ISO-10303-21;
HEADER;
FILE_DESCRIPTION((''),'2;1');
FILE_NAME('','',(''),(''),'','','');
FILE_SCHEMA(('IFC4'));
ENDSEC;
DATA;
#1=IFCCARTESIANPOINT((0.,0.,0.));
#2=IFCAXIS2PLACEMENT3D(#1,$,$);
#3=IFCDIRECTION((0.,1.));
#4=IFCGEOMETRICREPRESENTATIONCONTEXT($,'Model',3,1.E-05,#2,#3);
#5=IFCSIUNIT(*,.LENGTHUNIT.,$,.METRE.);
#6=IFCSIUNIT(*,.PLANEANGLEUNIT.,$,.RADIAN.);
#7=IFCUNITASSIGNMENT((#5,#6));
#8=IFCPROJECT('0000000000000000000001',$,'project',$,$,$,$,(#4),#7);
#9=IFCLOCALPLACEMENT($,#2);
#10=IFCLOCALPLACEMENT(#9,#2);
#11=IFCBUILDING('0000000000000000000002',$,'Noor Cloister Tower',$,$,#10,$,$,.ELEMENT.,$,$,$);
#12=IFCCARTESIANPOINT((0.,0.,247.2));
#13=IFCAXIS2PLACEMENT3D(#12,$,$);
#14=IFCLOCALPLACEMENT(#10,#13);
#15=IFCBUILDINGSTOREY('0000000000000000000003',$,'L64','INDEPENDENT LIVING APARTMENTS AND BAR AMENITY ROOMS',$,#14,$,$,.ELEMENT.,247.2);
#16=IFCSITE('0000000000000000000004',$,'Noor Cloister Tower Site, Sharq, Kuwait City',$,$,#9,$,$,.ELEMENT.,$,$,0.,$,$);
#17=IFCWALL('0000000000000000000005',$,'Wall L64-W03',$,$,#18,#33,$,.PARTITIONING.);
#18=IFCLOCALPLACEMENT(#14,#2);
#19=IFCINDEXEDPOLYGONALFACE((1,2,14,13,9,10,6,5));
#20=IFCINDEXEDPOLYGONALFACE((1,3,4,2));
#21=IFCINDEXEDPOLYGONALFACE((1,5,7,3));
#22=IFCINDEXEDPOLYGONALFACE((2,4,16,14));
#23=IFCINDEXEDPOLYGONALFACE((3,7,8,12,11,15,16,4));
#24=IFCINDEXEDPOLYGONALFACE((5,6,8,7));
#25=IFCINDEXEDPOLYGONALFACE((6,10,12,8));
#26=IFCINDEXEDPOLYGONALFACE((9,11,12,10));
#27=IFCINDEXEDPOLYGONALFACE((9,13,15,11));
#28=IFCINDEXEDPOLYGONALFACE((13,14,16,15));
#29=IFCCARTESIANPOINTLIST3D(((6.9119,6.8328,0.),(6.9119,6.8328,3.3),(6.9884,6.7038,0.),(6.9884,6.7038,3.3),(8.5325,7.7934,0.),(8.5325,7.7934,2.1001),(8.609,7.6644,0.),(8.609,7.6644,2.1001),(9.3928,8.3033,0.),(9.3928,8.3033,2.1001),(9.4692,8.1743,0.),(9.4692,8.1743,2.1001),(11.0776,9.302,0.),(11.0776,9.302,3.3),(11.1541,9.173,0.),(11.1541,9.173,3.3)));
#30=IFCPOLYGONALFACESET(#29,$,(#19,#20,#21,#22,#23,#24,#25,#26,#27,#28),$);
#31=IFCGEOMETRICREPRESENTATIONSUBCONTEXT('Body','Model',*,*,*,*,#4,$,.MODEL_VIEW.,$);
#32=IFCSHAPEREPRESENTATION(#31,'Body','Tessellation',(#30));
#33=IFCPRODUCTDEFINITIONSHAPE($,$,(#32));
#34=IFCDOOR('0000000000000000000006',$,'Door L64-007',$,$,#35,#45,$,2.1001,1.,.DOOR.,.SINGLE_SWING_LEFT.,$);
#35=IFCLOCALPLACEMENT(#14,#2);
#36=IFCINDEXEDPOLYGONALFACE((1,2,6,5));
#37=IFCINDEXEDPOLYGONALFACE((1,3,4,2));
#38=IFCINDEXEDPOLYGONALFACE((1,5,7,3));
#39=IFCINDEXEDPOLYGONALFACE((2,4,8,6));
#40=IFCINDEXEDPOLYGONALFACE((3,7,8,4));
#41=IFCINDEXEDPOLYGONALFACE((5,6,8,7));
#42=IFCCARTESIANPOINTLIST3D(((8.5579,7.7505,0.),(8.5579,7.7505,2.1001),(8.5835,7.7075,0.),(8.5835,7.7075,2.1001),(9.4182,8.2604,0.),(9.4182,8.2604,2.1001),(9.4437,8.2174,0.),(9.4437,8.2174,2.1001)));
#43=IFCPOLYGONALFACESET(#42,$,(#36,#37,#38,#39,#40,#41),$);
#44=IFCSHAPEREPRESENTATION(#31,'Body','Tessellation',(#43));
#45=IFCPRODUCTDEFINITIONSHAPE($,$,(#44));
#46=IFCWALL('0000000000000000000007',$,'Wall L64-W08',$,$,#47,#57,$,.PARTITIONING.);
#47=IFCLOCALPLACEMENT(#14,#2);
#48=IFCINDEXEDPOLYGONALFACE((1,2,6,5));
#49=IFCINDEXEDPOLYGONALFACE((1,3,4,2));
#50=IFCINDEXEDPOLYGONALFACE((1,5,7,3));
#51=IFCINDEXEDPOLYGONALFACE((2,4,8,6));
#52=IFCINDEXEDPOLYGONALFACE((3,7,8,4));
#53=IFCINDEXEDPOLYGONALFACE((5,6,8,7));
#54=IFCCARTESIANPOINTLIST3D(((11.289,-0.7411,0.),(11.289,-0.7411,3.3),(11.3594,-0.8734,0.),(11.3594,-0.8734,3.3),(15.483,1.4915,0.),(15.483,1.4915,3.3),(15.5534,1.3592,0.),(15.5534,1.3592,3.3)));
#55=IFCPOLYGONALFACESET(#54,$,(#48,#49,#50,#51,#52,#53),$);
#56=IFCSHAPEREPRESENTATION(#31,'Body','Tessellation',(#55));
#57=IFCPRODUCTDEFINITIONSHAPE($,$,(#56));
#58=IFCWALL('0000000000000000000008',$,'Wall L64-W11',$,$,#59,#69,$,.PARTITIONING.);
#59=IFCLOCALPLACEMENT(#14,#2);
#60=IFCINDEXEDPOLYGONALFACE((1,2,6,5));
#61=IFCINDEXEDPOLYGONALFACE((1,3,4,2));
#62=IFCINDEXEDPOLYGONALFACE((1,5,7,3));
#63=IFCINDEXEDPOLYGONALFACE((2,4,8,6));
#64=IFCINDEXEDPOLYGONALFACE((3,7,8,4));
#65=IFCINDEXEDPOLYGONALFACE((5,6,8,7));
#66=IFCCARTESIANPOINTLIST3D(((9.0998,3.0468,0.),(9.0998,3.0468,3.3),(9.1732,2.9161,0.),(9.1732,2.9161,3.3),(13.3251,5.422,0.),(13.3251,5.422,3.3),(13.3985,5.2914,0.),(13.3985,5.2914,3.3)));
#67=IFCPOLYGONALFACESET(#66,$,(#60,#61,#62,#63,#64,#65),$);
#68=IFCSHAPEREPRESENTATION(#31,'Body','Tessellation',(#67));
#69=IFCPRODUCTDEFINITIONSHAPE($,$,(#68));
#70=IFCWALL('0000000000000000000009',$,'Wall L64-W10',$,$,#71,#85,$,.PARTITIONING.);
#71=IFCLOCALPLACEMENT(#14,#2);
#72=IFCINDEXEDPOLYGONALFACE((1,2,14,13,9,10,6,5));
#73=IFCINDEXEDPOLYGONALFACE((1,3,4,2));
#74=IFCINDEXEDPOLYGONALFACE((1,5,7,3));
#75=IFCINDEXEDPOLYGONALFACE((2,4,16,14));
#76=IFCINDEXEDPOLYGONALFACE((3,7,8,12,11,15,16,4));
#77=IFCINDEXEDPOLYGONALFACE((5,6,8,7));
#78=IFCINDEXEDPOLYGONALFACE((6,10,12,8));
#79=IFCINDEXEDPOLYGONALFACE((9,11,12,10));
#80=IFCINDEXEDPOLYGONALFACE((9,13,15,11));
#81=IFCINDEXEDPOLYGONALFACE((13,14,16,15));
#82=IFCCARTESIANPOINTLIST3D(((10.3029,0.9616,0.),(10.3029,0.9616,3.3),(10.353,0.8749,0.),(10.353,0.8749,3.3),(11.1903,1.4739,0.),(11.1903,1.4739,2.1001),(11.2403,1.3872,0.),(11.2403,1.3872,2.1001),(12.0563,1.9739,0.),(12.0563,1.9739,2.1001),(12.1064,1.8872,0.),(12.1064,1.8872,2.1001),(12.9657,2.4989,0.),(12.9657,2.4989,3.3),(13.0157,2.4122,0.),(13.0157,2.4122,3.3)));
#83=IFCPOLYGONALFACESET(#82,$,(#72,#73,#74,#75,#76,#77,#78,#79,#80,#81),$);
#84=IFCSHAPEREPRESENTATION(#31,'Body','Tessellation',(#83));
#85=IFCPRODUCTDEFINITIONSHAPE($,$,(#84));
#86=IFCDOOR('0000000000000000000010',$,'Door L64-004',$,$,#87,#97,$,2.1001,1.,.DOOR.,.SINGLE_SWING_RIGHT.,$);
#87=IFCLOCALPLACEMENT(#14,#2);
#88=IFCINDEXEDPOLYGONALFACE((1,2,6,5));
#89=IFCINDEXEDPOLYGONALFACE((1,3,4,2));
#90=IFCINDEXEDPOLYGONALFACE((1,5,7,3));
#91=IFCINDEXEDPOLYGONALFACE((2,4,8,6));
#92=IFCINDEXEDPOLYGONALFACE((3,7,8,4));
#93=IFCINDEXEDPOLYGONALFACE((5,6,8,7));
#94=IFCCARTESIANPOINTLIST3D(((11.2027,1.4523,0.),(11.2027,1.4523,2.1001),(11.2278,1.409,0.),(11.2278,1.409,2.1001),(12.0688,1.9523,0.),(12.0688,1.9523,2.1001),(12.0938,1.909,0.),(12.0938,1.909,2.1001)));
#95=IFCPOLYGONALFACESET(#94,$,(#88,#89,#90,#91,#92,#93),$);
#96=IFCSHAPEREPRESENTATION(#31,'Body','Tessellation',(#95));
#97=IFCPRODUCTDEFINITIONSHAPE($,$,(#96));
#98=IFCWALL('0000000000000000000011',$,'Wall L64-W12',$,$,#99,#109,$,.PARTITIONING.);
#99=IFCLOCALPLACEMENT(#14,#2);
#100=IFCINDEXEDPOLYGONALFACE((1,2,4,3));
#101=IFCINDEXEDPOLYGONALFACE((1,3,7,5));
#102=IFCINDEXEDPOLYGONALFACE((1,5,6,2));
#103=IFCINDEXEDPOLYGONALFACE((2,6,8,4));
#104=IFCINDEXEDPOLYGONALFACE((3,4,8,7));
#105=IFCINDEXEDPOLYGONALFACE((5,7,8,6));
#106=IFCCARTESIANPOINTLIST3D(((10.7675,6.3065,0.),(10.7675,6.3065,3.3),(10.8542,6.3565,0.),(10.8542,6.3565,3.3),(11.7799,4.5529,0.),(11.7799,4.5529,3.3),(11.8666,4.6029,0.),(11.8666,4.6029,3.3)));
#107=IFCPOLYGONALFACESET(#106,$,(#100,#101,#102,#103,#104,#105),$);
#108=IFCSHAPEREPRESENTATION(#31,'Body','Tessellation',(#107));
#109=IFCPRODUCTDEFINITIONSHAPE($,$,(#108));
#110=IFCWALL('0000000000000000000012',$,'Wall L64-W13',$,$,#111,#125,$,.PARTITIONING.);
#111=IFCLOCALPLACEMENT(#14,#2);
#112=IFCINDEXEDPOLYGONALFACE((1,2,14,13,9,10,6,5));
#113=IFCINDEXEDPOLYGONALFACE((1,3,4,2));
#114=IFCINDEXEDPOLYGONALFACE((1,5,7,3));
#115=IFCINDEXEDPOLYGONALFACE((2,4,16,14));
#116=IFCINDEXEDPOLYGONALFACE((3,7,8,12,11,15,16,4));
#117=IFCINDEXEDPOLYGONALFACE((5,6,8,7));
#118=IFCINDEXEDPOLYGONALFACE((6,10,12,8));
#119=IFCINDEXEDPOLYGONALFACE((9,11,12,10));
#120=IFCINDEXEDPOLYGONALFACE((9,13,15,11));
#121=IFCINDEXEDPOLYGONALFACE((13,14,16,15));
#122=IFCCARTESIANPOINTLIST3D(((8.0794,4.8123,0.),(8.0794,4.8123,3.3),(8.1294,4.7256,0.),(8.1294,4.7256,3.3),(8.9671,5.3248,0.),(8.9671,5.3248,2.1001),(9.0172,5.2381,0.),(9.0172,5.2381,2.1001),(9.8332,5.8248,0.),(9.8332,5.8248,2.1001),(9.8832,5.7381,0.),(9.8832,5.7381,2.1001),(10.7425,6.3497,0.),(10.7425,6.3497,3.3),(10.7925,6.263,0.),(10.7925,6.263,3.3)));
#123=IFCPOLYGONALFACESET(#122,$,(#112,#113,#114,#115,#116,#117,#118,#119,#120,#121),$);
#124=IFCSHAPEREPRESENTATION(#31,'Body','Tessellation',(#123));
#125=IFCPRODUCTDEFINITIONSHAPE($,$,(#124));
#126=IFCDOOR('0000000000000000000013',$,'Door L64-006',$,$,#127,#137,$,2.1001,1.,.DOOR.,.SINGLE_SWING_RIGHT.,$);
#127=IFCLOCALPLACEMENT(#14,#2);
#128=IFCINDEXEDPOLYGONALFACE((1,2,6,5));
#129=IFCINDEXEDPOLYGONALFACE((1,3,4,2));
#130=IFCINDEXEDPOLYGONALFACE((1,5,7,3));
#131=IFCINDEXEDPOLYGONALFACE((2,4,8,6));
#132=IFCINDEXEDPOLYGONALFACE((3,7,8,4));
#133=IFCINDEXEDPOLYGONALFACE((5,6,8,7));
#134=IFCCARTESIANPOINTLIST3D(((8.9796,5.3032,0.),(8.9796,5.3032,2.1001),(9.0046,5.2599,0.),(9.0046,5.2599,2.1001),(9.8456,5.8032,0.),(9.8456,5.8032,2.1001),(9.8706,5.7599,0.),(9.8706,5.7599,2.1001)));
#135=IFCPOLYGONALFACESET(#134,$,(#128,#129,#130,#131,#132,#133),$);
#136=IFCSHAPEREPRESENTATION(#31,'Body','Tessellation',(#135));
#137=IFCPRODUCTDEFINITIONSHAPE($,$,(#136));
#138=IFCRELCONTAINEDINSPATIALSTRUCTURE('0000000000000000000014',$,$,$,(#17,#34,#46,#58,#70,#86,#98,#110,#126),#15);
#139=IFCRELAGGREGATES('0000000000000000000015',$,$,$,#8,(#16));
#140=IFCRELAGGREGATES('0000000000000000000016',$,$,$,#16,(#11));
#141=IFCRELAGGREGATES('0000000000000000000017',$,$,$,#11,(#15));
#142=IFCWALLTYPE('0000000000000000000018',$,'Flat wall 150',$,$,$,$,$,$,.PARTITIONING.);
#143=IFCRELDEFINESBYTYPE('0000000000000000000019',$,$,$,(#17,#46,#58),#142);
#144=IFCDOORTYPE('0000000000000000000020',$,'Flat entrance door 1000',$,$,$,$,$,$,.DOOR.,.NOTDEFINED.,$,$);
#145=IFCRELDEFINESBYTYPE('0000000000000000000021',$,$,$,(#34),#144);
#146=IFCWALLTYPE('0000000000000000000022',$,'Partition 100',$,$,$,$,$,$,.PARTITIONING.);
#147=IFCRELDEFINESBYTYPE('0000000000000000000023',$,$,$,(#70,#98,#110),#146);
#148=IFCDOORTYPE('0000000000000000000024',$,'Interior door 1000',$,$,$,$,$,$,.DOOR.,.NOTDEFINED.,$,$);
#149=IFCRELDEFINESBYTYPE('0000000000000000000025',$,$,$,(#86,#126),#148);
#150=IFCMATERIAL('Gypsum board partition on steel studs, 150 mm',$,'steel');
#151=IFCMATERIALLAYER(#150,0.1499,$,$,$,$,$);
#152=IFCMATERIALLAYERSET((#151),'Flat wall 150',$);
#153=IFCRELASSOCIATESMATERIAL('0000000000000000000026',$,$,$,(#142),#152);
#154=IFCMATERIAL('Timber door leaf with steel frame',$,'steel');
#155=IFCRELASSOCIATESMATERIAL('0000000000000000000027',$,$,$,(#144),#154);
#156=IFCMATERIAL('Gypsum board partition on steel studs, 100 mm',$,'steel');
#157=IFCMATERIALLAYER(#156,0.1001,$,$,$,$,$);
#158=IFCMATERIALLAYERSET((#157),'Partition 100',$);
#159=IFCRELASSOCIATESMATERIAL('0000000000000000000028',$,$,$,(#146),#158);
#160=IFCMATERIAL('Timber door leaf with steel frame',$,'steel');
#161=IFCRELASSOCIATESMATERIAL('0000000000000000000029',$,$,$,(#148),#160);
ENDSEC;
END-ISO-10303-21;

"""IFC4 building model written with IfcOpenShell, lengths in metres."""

from ifc_helpers import new_model, si_unit, direction, frame, frame_2d, origin, place, context, subcontext, project, spatial, rectangle, extrude, material, layer, layer_set, type_object, element, fill, save


model = new_model("IFC4")

# Units and contexts
model_context = context("Model", 3, precision=1e-05, world=origin(), true_north=direction((0.0, 1.0)))
body_context = subcontext(model_context, "Body", "Model", "MODEL_VIEW")
ifc_project = project(units=[si_unit("LENGTHUNIT", "METRE"), si_unit("PLANEANGLEUNIT", "RADIAN")], contexts=[model_context])

# Site, building, storey
site_placement = place(None, origin())
site = spatial("IfcSite", under=ifc_project, at=site_placement, Name="Noor Cloister Tower Site, Sharq, Kuwait City", CompositionType="ELEMENT", RefElevation=0.0)
building_placement = place(site_placement, origin())
building = spatial("IfcBuilding", under=site, at=building_placement, Name="Noor Cloister Tower", CompositionType="ELEMENT")
storey_placement = place(building_placement, frame((0.0, 0.0, 247.2)))
storey = spatial("IfcBuildingStorey", under=building, at=storey_placement, Name="L64", Description="INDEPENDENT LIVING APARTMENTS AND BAR AMENITY ROOMS", CompositionType="ELEMENT", Elevation=247.2)

# Wall, opening, door
ifc_material_1 = material(Name="Gypsum board partition on steel studs, 150 mm", Category="steel")
ifc_layer_1 = layer(ifc_material_1, 0.1499)
ifc_layer_set_1 = layer_set([ifc_layer_1], Name="Flat wall 150")
wall_type_1 = type_object("IfcWallType", Name="Flat wall 150", PredefinedType="PARTITIONING", material=ifc_layer_set_1)
wall_1_placement = place(storey_placement, frame((11.116, 9.2375, 0.0), z_axis=(0.0, 0.0, 1.0), x_axis=(-0.860234, -0.509899, 0.0)))
wall_1 = element("IfcWall", 1, at=wall_1_placement, inside=storey, type_object=wall_type_1, Name="Wall L64-W03", PredefinedType="PARTITIONING", context=body_context, shape_type="SweptSolid", body=[
    extrude(rectangle(XDim=4.8425, YDim=0.1499, at=frame_2d((2.4214, 0.0))), origin(), (0.0, 0.0, 1.0), 3.3),
])
opening_1_placement = place(wall_1_placement, frame((1.9587, 0.0, 0.0)))
opening_1 = element("IfcOpeningElement", 2, at=opening_1_placement, cuts=wall_1, PredefinedType="OPENING", context=body_context, shape_type="SweptSolid", body=[
    extrude(rectangle(XDim=1.0, YDim=2.1001, at=frame_2d((0.5, 1.05))), frame((0.0, 0.085, 0.0), z_axis=(0.0, -1.0, 0.0), x_axis=(1.0, 0.0, 0.0)), (0.0, 0.0, 1.0), 0.1699),
])
ifc_material_2 = material(Name="Timber door leaf with steel frame", Category="steel")
door_type_1 = type_object("IfcDoorType", Name="Flat entrance door 1000", OperationType="NOTDEFINED", PredefinedType="DOOR", material=ifc_material_2)
door_1_placement = place(opening_1_placement, origin())
door_1 = element("IfcDoor", 3, at=door_1_placement, inside=storey, type_object=door_type_1, Name="Door L64-007", OperationType="SINGLE_SWING_LEFT", OverallHeight=2.1001, OverallWidth=1.0, PredefinedType="DOOR", context=body_context, shape_type="SweptSolid", body=[
    extrude(rectangle(XDim=1.0, YDim=2.1001, at=frame_2d((0.5, 1.05))), frame((0.0, 0.0249, 0.0), z_axis=(0.0, -1.0, 0.0), x_axis=(1.0, 0.0, 0.0)), (0.0, 0.0, 1.0), 0.05),
])
fill(opening_1, door_1)

# Walls
wall_2_placement = place(storey_placement, frame((15.5181, 1.4253, 0.0), z_axis=(0.0, 0.0, 1.0), x_axis=(-0.882718, -0.469903, 0.0)))
element("IfcWall", 4, at=wall_2_placement, inside=storey, type_object=wall_type_1, Name="Wall L64-W08", PredefinedType="PARTITIONING", context=body_context, shape_type="SweptSolid", body=[
    extrude(rectangle(XDim=4.7512, YDim=0.1499, at=frame_2d((2.3755, 0.0))), origin(), (0.0, 0.0, 1.0), 3.3),
])
wall_3_placement = place(storey_placement, frame((13.3618, 5.3567, 0.0), z_axis=(0.0, 0.0, 1.0), x_axis=(-0.871709, -0.490024, 0.0)))
element("IfcWall", 5, at=wall_3_placement, inside=storey, type_object=wall_type_1, Name="Wall L64-W11", PredefinedType="PARTITIONING", context=body_context, shape_type="SweptSolid", body=[
    extrude(rectangle(XDim=4.8472, YDim=0.1499, at=frame_2d((2.4236, 0.0))), origin(), (0.0, 0.0, 1.0), 3.3),
])

# Wall, opening, door
ifc_material_3 = material(Name="Gypsum board partition on steel studs, 100 mm", Category="steel")
ifc_layer_2 = layer(ifc_material_3, 0.1001)
ifc_layer_set_2 = layer_set([ifc_layer_2], Name="Partition 100")
wall_type_2 = type_object("IfcWallType", Name="Partition 100", PredefinedType="PARTITIONING", material=ifc_layer_set_2)
wall_4_placement = place(storey_placement, frame((12.9907, 2.4556, 0.0), z_axis=(0.0, 0.0, 1.0), x_axis=(-0.866031, -0.499991, 0.0)))
wall_4 = element("IfcWall", 6, at=wall_4_placement, inside=storey, type_object=wall_type_2, Name="Wall L64-W10", PredefinedType="PARTITIONING", context=body_context, shape_type="SweptSolid", body=[
    extrude(rectangle(XDim=3.0747, YDim=0.1001, at=frame_2d((1.5374, 0.0))), origin(), (0.0, 0.0, 1.0), 3.3),
])
opening_2_placement = place(wall_4_placement, frame((1.05, 0.0, 0.0)))
opening_2 = element("IfcOpeningElement", 7, at=opening_2_placement, cuts=wall_4, PredefinedType="OPENING", context=body_context, shape_type="SweptSolid", body=[
    extrude(rectangle(XDim=1.0, YDim=2.1001, at=frame_2d((0.5, 1.05))), frame((0.0, 0.0601, 0.0), z_axis=(0.0, -1.0, 0.0), x_axis=(1.0, 0.0, 0.0)), (0.0, 0.0, 1.0), 0.1201),
])
ifc_material_4 = material(Name="Timber door leaf with steel frame", Category="steel")
door_type_2 = type_object("IfcDoorType", Name="Interior door 1000", OperationType="NOTDEFINED", PredefinedType="DOOR", material=ifc_material_4)
door_2_placement = place(opening_2_placement, origin())
door_2 = element("IfcDoor", 8, at=door_2_placement, inside=storey, type_object=door_type_2, Name="Door L64-004", OperationType="SINGLE_SWING_RIGHT", OverallHeight=2.1001, OverallWidth=1.0, PredefinedType="DOOR", context=body_context, shape_type="SweptSolid", body=[
    extrude(rectangle(XDim=1.0, YDim=2.1001, at=frame_2d((0.5, 1.05))), frame((0.0, 0.0249, 0.0), z_axis=(0.0, -1.0, 0.0), x_axis=(1.0, 0.0, 0.0)), (0.0, 0.0, 1.0), 0.05),
])
fill(opening_2, door_2)

# Wall
wall_5_placement = place(storey_placement, frame((11.8232, 4.5779, 0.0), z_axis=(0.0, 0.0, 1.0), x_axis=(-0.49999, 0.866031, 0.0)))
element("IfcWall", 9, at=wall_5_placement, inside=storey, type_object=wall_type_2, Name="Wall L64-W12", PredefinedType="PARTITIONING", context=body_context, shape_type="SweptSolid", body=[
    extrude(rectangle(XDim=2.0249, YDim=0.1001, at=frame_2d((1.0125, 0.0))), origin(), (0.0, 0.0, 1.0), 3.3),
])

# Wall, opening, door
wall_6_placement = place(storey_placement, frame((10.7676, 6.3064, 0.0), z_axis=(0.0, 0.0, 1.0), x_axis=(-0.866051, -0.499956, 0.0)))
wall_6 = element("IfcWall", 10, at=wall_6_placement, inside=storey, type_object=wall_type_2, Name="Wall L64-W13", PredefinedType="PARTITIONING", context=body_context, shape_type="SweptSolid", body=[
    extrude(rectangle(XDim=3.075, YDim=0.1001, at=frame_2d((1.5376, 0.0))), origin(), (0.0, 0.0, 1.0), 3.3),
])
opening_3_placement = place(wall_6_placement, frame((1.05, 0.0, 0.0)))
opening_3 = element("IfcOpeningElement", 11, at=opening_3_placement, cuts=wall_6, PredefinedType="OPENING", context=body_context, shape_type="SweptSolid", body=[
    extrude(rectangle(XDim=1.0, YDim=2.1001, at=frame_2d((0.5, 1.05))), frame((0.0, 0.0601, 0.0), z_axis=(0.0, -1.0, 0.0), x_axis=(1.0, 0.0, 0.0)), (0.0, 0.0, 1.0), 0.1201),
])
door_3_placement = place(opening_3_placement, origin())
door_3 = element("IfcDoor", 12, at=door_3_placement, inside=storey, type_object=door_type_2, Name="Door L64-006", OperationType="SINGLE_SWING_RIGHT", OverallHeight=2.1001, OverallWidth=1.0, PredefinedType="DOOR", context=body_context, shape_type="SweptSolid", body=[
    extrude(rectangle(XDim=1.0, YDim=2.1001, at=frame_2d((0.5, 1.05))), frame((0.0, 0.0249, 0.0), z_axis=(0.0, -1.0, 0.0), x_axis=(1.0, 0.0, 0.0)), (0.0, 0.0, 1.0), 0.05),
])
fill(opening_3, door_3)

save(model, "model.ifc")
